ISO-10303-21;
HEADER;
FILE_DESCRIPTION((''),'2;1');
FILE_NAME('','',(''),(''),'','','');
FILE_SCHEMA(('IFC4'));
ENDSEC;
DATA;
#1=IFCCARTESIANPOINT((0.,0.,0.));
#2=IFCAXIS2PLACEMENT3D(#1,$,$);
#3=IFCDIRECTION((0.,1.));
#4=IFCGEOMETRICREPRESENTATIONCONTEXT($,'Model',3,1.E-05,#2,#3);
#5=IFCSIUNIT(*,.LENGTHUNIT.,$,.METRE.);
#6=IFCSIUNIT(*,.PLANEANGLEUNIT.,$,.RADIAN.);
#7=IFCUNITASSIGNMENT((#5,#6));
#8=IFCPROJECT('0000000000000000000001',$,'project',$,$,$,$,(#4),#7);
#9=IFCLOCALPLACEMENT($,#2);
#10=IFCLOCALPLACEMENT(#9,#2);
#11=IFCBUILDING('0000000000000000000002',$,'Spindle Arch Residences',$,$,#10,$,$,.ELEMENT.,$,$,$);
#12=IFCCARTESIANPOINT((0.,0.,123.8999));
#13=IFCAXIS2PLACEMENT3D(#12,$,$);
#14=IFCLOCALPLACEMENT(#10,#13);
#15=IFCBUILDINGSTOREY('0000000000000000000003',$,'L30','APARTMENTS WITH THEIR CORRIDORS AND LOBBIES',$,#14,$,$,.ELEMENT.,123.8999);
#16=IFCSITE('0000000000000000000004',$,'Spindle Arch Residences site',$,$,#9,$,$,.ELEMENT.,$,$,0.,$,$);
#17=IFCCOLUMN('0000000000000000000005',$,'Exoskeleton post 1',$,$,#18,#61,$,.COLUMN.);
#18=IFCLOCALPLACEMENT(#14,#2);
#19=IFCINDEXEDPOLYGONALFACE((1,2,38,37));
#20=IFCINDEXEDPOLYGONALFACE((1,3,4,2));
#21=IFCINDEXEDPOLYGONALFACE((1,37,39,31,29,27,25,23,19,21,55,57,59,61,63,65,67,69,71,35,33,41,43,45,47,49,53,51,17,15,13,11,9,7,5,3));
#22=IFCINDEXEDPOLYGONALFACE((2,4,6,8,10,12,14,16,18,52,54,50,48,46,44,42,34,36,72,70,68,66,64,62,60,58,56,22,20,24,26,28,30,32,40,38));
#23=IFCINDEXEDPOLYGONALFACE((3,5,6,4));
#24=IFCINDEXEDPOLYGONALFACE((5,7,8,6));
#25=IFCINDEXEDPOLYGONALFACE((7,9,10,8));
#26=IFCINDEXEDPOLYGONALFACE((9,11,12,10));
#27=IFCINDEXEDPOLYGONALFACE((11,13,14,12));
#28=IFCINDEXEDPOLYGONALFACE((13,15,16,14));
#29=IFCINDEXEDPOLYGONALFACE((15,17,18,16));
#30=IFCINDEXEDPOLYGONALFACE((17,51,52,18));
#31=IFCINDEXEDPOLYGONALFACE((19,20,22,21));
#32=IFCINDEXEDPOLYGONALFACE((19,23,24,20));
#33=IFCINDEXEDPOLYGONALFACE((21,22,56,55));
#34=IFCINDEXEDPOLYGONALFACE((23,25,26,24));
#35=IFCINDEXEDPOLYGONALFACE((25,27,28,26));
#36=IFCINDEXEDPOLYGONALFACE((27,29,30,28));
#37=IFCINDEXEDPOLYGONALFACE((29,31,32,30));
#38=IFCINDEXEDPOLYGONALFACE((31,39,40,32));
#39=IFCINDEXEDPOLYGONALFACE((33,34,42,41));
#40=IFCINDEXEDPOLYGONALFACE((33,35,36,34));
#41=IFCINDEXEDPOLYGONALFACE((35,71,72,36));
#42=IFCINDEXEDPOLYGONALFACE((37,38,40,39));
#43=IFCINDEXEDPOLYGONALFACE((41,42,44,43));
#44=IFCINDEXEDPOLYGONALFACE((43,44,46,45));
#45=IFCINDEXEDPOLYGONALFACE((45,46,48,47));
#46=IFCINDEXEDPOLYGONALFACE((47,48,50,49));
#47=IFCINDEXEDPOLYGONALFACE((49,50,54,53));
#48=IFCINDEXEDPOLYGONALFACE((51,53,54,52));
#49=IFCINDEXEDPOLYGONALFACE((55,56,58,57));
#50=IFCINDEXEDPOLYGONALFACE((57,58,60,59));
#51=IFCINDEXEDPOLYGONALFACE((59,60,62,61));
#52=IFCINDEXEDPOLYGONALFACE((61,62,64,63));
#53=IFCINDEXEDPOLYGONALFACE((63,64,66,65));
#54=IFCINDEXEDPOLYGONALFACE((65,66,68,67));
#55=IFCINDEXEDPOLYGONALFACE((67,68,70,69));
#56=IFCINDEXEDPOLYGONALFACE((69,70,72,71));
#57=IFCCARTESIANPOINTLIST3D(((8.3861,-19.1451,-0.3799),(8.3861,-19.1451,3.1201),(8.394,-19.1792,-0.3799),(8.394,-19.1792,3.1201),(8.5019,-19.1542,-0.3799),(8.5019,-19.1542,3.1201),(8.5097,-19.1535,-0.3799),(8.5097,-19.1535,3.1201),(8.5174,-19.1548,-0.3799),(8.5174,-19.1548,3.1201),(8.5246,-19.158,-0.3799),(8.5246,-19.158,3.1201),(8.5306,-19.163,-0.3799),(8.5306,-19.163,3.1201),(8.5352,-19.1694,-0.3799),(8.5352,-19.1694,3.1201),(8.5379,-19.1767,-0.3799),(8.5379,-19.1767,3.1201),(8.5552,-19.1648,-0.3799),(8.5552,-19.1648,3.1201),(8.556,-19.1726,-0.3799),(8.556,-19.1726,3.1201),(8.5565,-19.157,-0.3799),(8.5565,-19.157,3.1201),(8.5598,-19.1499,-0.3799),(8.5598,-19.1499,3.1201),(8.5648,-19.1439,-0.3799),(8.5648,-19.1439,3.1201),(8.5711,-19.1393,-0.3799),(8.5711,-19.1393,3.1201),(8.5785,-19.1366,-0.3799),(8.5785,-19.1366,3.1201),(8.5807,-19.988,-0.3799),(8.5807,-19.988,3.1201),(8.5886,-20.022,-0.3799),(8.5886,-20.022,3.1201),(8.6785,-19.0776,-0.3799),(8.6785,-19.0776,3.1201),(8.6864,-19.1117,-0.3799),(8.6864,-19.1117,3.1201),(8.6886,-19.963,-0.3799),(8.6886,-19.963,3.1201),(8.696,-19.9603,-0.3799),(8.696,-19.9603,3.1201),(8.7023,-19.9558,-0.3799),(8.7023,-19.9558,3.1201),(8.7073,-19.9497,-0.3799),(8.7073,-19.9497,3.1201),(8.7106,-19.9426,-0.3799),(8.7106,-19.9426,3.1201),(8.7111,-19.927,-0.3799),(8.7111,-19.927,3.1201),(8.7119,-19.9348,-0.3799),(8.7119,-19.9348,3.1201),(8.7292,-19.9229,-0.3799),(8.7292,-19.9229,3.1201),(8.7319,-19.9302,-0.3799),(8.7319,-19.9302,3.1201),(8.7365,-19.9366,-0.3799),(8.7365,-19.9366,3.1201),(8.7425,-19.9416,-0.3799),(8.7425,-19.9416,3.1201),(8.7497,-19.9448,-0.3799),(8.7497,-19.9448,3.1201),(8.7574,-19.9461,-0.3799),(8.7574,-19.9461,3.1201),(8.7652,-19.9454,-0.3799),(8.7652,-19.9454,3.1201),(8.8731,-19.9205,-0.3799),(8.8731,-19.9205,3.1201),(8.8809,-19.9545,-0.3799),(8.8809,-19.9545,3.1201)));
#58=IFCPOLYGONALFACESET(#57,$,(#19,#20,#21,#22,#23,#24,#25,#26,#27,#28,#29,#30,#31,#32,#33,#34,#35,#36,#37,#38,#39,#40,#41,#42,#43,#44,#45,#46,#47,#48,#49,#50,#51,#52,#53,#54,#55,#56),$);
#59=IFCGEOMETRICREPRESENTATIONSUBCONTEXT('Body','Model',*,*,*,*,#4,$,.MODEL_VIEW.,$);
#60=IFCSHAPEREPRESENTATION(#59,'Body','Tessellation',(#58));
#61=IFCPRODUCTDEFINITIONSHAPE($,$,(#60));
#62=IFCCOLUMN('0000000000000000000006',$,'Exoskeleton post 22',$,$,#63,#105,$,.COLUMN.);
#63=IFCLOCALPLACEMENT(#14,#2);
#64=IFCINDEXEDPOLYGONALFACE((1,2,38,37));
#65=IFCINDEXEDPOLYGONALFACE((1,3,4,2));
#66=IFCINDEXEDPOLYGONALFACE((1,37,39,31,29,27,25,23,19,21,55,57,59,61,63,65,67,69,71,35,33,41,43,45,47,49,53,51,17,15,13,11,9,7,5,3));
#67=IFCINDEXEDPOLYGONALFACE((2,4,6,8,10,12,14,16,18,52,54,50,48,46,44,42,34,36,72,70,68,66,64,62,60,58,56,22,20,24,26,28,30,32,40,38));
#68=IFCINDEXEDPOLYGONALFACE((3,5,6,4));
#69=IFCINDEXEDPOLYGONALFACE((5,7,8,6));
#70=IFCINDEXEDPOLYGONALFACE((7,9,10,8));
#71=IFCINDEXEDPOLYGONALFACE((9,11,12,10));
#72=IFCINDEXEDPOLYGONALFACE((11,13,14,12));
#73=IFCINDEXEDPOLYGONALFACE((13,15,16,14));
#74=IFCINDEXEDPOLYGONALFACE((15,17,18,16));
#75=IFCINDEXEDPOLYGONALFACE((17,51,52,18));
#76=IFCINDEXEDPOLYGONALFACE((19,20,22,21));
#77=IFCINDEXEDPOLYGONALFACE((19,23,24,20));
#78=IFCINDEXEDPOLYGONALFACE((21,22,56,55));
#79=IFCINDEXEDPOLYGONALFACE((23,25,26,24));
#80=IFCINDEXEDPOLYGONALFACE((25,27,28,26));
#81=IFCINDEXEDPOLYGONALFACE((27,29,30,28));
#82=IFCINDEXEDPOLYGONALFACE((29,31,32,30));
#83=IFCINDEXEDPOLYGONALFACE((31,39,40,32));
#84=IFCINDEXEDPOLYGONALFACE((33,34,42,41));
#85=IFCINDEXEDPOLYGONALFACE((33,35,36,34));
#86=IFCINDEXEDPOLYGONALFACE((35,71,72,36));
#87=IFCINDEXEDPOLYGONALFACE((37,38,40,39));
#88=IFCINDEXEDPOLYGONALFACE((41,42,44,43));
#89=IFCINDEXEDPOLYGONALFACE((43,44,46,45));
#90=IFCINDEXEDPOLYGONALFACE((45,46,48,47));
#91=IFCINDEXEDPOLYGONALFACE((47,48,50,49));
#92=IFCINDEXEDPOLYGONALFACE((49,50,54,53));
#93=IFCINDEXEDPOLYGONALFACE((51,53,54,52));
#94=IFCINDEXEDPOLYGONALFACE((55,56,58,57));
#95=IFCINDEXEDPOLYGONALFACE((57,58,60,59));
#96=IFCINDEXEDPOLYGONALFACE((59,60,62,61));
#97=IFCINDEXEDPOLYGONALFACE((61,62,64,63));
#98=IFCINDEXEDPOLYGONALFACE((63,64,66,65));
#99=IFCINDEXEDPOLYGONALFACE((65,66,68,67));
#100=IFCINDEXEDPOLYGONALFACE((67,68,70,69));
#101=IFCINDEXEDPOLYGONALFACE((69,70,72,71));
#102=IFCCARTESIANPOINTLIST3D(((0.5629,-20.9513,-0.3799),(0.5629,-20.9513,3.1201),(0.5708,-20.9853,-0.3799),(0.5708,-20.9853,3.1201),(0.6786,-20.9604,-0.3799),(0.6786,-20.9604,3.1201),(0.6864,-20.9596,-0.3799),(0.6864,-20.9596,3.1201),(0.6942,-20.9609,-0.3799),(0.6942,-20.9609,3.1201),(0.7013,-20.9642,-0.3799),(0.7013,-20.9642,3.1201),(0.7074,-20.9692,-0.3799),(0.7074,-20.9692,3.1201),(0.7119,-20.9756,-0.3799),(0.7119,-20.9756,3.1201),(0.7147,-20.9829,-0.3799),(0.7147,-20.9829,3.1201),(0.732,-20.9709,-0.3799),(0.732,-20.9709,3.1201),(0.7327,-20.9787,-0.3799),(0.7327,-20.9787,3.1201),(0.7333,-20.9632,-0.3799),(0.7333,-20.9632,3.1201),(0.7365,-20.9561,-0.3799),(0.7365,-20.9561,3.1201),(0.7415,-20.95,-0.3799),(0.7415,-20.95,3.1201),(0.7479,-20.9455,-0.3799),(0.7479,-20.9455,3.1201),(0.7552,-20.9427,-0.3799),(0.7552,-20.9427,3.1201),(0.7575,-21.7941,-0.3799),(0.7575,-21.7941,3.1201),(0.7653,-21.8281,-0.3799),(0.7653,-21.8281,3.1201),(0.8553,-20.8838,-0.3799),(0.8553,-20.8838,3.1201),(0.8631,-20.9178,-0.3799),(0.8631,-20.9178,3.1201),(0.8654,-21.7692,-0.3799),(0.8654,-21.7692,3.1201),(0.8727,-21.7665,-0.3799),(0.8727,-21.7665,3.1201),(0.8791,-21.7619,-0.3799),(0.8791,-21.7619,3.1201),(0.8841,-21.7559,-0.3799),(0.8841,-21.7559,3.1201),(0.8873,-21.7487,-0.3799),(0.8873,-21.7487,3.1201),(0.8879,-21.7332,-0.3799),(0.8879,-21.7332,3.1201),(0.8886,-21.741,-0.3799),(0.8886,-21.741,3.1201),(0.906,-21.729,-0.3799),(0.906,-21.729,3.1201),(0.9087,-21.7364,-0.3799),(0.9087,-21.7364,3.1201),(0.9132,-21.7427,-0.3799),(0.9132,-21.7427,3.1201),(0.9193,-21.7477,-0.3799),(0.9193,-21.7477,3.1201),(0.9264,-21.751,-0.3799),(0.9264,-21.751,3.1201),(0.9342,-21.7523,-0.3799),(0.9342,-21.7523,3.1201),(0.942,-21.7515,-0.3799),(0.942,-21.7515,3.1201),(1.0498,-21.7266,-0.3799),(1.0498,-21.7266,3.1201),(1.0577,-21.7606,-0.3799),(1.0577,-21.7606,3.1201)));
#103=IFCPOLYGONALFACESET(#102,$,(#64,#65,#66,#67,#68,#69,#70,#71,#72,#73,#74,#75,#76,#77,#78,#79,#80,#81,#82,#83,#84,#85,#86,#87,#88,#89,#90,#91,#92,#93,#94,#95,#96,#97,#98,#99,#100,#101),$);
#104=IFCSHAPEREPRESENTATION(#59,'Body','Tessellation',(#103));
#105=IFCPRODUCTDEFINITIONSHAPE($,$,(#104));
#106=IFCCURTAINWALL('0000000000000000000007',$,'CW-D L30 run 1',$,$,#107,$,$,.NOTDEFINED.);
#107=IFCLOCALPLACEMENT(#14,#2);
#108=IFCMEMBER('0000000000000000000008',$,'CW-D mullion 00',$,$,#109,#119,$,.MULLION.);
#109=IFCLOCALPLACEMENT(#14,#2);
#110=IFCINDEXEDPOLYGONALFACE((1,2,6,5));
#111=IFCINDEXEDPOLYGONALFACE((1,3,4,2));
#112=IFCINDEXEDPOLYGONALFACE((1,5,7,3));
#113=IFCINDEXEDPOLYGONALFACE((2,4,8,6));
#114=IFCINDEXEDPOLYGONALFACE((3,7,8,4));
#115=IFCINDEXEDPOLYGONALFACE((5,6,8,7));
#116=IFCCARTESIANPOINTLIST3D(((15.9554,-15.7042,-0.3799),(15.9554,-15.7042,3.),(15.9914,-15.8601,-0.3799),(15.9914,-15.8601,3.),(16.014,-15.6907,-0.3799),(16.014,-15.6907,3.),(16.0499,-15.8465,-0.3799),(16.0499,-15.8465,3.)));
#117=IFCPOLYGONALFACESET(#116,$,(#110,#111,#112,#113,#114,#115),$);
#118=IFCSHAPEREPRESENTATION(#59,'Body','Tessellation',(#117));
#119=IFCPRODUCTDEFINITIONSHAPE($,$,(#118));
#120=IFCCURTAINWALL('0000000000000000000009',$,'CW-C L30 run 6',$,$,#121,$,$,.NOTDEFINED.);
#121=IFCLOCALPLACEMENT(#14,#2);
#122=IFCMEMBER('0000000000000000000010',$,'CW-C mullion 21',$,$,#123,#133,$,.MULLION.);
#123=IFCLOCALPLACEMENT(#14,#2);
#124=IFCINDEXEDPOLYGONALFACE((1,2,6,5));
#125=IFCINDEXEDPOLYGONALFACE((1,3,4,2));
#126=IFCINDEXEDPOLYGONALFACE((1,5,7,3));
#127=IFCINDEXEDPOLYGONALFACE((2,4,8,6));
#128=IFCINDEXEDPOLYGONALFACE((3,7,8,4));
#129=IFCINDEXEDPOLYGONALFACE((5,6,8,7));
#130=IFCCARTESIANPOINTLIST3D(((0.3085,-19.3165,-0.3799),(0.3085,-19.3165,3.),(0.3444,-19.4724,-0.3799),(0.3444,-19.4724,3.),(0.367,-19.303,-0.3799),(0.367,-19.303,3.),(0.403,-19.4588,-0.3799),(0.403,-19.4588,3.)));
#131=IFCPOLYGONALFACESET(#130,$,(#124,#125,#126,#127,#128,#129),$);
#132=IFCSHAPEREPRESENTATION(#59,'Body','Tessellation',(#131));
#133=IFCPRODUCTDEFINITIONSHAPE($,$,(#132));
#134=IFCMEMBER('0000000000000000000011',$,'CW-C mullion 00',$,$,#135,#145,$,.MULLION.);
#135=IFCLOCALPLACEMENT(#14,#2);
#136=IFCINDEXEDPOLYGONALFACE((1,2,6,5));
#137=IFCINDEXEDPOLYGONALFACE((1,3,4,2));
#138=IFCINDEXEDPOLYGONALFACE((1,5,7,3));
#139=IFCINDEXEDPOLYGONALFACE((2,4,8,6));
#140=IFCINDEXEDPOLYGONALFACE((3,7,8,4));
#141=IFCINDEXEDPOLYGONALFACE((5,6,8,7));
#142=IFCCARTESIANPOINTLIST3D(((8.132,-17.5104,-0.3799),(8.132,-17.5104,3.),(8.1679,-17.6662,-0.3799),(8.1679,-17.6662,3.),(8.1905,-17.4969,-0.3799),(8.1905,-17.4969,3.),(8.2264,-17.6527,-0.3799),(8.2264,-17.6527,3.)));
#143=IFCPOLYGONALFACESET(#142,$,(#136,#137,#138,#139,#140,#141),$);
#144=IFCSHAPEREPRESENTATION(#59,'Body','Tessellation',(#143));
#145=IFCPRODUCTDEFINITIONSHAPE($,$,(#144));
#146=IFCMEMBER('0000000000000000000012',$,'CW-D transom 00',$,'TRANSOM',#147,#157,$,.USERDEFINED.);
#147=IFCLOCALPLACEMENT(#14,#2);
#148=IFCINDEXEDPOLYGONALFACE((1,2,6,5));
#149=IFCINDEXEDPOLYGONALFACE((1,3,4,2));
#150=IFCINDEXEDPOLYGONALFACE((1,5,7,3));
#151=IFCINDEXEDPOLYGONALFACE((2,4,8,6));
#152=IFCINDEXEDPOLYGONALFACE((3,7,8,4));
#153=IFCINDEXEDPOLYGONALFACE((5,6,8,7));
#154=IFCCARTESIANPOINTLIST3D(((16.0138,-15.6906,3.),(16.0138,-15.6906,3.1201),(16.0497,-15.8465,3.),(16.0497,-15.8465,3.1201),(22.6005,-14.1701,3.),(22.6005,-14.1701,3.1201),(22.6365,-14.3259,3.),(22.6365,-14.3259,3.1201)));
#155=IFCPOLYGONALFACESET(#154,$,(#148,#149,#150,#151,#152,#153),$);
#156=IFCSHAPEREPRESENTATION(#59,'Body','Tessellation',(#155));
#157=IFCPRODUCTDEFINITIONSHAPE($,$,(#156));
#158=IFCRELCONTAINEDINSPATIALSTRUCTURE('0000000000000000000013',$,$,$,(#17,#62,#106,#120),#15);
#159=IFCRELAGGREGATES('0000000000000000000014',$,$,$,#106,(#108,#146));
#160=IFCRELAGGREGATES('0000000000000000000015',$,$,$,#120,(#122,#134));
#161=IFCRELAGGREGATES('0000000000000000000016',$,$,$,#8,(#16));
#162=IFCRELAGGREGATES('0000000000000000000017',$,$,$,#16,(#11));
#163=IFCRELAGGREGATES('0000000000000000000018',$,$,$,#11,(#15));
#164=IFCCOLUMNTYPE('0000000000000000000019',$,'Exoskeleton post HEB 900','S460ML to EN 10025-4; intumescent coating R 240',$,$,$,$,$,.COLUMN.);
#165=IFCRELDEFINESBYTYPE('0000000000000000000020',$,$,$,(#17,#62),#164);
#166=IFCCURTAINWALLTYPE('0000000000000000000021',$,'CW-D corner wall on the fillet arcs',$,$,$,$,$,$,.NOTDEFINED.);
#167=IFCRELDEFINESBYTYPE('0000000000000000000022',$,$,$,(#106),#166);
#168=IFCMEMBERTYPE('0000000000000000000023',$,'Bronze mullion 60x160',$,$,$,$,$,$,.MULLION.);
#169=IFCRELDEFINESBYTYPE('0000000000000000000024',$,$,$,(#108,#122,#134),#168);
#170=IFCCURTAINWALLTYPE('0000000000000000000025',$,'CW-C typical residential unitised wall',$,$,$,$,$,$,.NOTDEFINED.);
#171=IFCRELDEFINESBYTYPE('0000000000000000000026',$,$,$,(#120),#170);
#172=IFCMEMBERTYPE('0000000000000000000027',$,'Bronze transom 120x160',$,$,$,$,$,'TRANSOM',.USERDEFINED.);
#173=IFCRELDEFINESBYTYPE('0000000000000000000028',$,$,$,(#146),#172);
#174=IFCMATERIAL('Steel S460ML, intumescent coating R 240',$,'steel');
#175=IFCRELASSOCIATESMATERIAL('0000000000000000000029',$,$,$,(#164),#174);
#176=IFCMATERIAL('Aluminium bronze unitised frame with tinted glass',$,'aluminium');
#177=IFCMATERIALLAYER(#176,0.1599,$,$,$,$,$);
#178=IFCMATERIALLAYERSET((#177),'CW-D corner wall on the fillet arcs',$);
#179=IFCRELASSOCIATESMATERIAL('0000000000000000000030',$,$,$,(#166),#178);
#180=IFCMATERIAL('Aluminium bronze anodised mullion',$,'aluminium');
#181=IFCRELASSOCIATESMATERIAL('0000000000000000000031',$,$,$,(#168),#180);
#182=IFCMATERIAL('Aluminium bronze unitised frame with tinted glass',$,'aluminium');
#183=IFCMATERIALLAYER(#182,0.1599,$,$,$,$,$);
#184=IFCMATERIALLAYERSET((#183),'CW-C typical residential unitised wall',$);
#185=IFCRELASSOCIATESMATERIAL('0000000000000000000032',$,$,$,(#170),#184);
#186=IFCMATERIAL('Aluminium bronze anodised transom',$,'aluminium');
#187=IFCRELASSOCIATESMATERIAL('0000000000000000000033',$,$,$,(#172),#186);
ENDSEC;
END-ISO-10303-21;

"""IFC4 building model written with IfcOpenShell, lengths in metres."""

from ifc_helpers import new_model, si_unit, direction, frame, origin, origin_2d, place, context, subcontext, project, spatial, rectangle, i_section, extrude, material, layer, layer_set, material_profile, profile_set, type_object, element, aggregate, save


model = new_model("IFC4")

# Units and contexts
model_context = context("Model", 3, precision=1e-05, world=origin(), true_north=direction((0.0, 1.0)))
body_context = subcontext(model_context, "Body", "Model", "MODEL_VIEW")
ifc_project = project(units=[si_unit("LENGTHUNIT", "METRE"), si_unit("PLANEANGLEUNIT", "RADIAN")], contexts=[model_context])

# Site, building, storey
site_placement = place(None, origin())
site = spatial("IfcSite", under=ifc_project, at=site_placement, Name="Spindle Arch Residences site", CompositionType="ELEMENT", RefElevation=0.0)
building_placement = place(site_placement, origin())
building = spatial("IfcBuilding", under=site, at=building_placement, Name="Spindle Arch Residences", CompositionType="ELEMENT")
storey_placement = place(building_placement, frame((0.0, 0.0, 123.8999)))
storey = spatial("IfcBuildingStorey", under=building, at=storey_placement, Name="L30", Description="APARTMENTS WITH THEIR CORRIDORS AND LOBBIES", CompositionType="ELEMENT", Elevation=123.8999)

# Columns
ifc_material_1 = material(Name="Steel S460ML, intumescent coating R 240", Category="steel")
ifc_material_profile_1 = material_profile(ifc_material_1, i_section(OverallWidth=0.3, OverallDepth=0.8999, WebThickness=0.0186, FlangeThickness=0.0349, FilletRadius=0.03, at=origin_2d()), Name="HEB 900")
ifc_profile_set_1 = profile_set([ifc_material_profile_1], Name="Steel S460ML, intumescent coating R 240")
column_type = type_object("IfcColumnType", Name="Exoskeleton post HEB 900", Description="S460ML to EN 10025-4; intumescent coating R 240", PredefinedType="COLUMN", material=ifc_profile_set_1)
for number, where, z_axis, x_axis, name in (
    (1, (8.6335, -19.5498, -0.3799), (0.0, 0.0, 1.0), (-0.97437, -0.224951, 0.0), "Exoskeleton post 1"),
    (2, (0.8103, -21.356, -0.3799), (0.0, 0.0, 1.0), (-0.97437, -0.224951, 0.0), "Exoskeleton post 22"),
):
    element("IfcColumn", number, at=place(storey_placement, frame(where, z_axis=z_axis, x_axis=x_axis)), inside=storey, type_object=column_type, Name=name, PredefinedType="COLUMN", context=body_context, shape_type="SweptSolid", body=[
        extrude(i_section(OverallWidth=0.3, OverallDepth=0.8999, WebThickness=0.0186, FlangeThickness=0.0349, FilletRadius=0.03, at=origin_2d()), origin(), (0.0, 0.0, 1.0), 3.5),
    ])

# Curtain wall, member
ifc_material_2 = material(Name="Aluminium bronze unitised frame with tinted glass", Category="aluminium")
ifc_layer_1 = layer(ifc_material_2, 0.1599)
ifc_layer_set_1 = layer_set([ifc_layer_1], Name="CW-D corner wall on the fillet arcs")
curtain_wall_type_1 = type_object("IfcCurtainWallType", Name="CW-D corner wall on the fillet arcs", PredefinedType="NOTDEFINED", material=ifc_layer_set_1)
curtain_wall_1_placement = place(storey_placement, origin())
curtain_wall_1 = element("IfcCurtainWall", 3, at=curtain_wall_1_placement, inside=storey, type_object=curtain_wall_type_1, Name="CW-D L30 run 1", PredefinedType="NOTDEFINED")
ifc_material_3 = material(Name="Aluminium bronze anodised mullion", Category="aluminium")
ifc_material_profile_2 = material_profile(ifc_material_3, rectangle(XDim=0.1599, YDim=0.0601, at=origin_2d()), Name="MU 60x160")
ifc_profile_set_2 = profile_set([ifc_material_profile_2], Name="Aluminium bronze anodised mullion")
member_type_1 = type_object("IfcMemberType", Name="Bronze mullion 60x160", PredefinedType="MULLION", material=ifc_profile_set_2)
member_1_placement = place(storey_placement, frame((16.0027, -15.7754, -0.3799), z_axis=(0.0, 0.0, 1.0), x_axis=(-0.224951, 0.97437, 0.0)))
member_1 = element("IfcMember", 4, at=member_1_placement, type_object=member_type_1, Name="CW-D mullion 00", PredefinedType="MULLION", context=body_context, shape_type="SweptSolid", body=[
    extrude(rectangle(XDim=0.1599, YDim=0.0601, at=origin_2d()), origin(), (0.0, 0.0, 1.0), 3.3799),
])

# Curtain wall, members
ifc_material_4 = material(Name="Aluminium bronze unitised frame with tinted glass", Category="aluminium")
ifc_layer_2 = layer(ifc_material_4, 0.1599)
ifc_layer_set_2 = layer_set([ifc_layer_2], Name="CW-C typical residential unitised wall")
curtain_wall_type_2 = type_object("IfcCurtainWallType", Name="CW-C typical residential unitised wall", PredefinedType="NOTDEFINED", material=ifc_layer_set_2)
curtain_wall_2_placement = place(storey_placement, origin())
curtain_wall_2 = element("IfcCurtainWall", 5, at=curtain_wall_2_placement, inside=storey, type_object=curtain_wall_type_2, Name="CW-C L30 run 6", PredefinedType="NOTDEFINED")
member_2_placement = place(storey_placement, frame((0.3557, -19.3877, -0.3799), z_axis=(0.0, 0.0, 1.0), x_axis=(-0.224951, 0.97437, 0.0)))
member_2 = element("IfcMember", 6, at=member_2_placement, type_object=member_type_1, Name="CW-C mullion 21", PredefinedType="MULLION", context=body_context, shape_type="SweptSolid", body=[
    extrude(rectangle(XDim=0.1599, YDim=0.0601, at=origin_2d()), origin(), (0.0, 0.0, 1.0), 3.3799),
])
member_3_placement = place(storey_placement, frame((8.1792, -17.5815, -0.3799), z_axis=(0.0, 0.0, 1.0), x_axis=(-0.224951, 0.97437, 0.0)))
member_3 = element("IfcMember", 7, at=member_3_placement, type_object=member_type_1, Name="CW-C mullion 00", PredefinedType="MULLION", context=body_context, shape_type="SweptSolid", body=[
    extrude(rectangle(XDim=0.1599, YDim=0.0601, at=origin_2d()), origin(), (0.0, 0.0, 1.0), 3.3799),
])

# Member
ifc_material_5 = material(Name="Aluminium bronze anodised transom", Category="aluminium")
ifc_material_profile_3 = material_profile(ifc_material_5, rectangle(XDim=0.1599, YDim=0.1201, at=origin_2d()), Name="TR 120x160")
ifc_profile_set_3 = profile_set([ifc_material_profile_3], Name="Aluminium bronze anodised transom")
member_type_2 = type_object("IfcMemberType", Name="Bronze transom 120x160", ElementType="TRANSOM", PredefinedType="USERDEFINED", material=ifc_profile_set_3)
member_4_placement = place(storey_placement, frame((16.0317, -15.7686, 3.0601), z_axis=(0.974375, 0.224931, 0.0), x_axis=(-0.224931, 0.974375, 0.0)))
member_4 = element("IfcMember", 8, at=member_4_placement, type_object=member_type_2, Name="CW-D transom 00", ObjectType="TRANSOM", PredefinedType="USERDEFINED", context=body_context, shape_type="SweptSolid", body=[
    extrude(rectangle(XDim=0.1599, YDim=0.1201, at=origin_2d()), origin(), (0.0, 0.0, 1.0), 6.76),
])
aggregate(curtain_wall_1, [member_1, member_4])

aggregate(curtain_wall_2, [member_2, member_3])

save(model, "model.ifc")
